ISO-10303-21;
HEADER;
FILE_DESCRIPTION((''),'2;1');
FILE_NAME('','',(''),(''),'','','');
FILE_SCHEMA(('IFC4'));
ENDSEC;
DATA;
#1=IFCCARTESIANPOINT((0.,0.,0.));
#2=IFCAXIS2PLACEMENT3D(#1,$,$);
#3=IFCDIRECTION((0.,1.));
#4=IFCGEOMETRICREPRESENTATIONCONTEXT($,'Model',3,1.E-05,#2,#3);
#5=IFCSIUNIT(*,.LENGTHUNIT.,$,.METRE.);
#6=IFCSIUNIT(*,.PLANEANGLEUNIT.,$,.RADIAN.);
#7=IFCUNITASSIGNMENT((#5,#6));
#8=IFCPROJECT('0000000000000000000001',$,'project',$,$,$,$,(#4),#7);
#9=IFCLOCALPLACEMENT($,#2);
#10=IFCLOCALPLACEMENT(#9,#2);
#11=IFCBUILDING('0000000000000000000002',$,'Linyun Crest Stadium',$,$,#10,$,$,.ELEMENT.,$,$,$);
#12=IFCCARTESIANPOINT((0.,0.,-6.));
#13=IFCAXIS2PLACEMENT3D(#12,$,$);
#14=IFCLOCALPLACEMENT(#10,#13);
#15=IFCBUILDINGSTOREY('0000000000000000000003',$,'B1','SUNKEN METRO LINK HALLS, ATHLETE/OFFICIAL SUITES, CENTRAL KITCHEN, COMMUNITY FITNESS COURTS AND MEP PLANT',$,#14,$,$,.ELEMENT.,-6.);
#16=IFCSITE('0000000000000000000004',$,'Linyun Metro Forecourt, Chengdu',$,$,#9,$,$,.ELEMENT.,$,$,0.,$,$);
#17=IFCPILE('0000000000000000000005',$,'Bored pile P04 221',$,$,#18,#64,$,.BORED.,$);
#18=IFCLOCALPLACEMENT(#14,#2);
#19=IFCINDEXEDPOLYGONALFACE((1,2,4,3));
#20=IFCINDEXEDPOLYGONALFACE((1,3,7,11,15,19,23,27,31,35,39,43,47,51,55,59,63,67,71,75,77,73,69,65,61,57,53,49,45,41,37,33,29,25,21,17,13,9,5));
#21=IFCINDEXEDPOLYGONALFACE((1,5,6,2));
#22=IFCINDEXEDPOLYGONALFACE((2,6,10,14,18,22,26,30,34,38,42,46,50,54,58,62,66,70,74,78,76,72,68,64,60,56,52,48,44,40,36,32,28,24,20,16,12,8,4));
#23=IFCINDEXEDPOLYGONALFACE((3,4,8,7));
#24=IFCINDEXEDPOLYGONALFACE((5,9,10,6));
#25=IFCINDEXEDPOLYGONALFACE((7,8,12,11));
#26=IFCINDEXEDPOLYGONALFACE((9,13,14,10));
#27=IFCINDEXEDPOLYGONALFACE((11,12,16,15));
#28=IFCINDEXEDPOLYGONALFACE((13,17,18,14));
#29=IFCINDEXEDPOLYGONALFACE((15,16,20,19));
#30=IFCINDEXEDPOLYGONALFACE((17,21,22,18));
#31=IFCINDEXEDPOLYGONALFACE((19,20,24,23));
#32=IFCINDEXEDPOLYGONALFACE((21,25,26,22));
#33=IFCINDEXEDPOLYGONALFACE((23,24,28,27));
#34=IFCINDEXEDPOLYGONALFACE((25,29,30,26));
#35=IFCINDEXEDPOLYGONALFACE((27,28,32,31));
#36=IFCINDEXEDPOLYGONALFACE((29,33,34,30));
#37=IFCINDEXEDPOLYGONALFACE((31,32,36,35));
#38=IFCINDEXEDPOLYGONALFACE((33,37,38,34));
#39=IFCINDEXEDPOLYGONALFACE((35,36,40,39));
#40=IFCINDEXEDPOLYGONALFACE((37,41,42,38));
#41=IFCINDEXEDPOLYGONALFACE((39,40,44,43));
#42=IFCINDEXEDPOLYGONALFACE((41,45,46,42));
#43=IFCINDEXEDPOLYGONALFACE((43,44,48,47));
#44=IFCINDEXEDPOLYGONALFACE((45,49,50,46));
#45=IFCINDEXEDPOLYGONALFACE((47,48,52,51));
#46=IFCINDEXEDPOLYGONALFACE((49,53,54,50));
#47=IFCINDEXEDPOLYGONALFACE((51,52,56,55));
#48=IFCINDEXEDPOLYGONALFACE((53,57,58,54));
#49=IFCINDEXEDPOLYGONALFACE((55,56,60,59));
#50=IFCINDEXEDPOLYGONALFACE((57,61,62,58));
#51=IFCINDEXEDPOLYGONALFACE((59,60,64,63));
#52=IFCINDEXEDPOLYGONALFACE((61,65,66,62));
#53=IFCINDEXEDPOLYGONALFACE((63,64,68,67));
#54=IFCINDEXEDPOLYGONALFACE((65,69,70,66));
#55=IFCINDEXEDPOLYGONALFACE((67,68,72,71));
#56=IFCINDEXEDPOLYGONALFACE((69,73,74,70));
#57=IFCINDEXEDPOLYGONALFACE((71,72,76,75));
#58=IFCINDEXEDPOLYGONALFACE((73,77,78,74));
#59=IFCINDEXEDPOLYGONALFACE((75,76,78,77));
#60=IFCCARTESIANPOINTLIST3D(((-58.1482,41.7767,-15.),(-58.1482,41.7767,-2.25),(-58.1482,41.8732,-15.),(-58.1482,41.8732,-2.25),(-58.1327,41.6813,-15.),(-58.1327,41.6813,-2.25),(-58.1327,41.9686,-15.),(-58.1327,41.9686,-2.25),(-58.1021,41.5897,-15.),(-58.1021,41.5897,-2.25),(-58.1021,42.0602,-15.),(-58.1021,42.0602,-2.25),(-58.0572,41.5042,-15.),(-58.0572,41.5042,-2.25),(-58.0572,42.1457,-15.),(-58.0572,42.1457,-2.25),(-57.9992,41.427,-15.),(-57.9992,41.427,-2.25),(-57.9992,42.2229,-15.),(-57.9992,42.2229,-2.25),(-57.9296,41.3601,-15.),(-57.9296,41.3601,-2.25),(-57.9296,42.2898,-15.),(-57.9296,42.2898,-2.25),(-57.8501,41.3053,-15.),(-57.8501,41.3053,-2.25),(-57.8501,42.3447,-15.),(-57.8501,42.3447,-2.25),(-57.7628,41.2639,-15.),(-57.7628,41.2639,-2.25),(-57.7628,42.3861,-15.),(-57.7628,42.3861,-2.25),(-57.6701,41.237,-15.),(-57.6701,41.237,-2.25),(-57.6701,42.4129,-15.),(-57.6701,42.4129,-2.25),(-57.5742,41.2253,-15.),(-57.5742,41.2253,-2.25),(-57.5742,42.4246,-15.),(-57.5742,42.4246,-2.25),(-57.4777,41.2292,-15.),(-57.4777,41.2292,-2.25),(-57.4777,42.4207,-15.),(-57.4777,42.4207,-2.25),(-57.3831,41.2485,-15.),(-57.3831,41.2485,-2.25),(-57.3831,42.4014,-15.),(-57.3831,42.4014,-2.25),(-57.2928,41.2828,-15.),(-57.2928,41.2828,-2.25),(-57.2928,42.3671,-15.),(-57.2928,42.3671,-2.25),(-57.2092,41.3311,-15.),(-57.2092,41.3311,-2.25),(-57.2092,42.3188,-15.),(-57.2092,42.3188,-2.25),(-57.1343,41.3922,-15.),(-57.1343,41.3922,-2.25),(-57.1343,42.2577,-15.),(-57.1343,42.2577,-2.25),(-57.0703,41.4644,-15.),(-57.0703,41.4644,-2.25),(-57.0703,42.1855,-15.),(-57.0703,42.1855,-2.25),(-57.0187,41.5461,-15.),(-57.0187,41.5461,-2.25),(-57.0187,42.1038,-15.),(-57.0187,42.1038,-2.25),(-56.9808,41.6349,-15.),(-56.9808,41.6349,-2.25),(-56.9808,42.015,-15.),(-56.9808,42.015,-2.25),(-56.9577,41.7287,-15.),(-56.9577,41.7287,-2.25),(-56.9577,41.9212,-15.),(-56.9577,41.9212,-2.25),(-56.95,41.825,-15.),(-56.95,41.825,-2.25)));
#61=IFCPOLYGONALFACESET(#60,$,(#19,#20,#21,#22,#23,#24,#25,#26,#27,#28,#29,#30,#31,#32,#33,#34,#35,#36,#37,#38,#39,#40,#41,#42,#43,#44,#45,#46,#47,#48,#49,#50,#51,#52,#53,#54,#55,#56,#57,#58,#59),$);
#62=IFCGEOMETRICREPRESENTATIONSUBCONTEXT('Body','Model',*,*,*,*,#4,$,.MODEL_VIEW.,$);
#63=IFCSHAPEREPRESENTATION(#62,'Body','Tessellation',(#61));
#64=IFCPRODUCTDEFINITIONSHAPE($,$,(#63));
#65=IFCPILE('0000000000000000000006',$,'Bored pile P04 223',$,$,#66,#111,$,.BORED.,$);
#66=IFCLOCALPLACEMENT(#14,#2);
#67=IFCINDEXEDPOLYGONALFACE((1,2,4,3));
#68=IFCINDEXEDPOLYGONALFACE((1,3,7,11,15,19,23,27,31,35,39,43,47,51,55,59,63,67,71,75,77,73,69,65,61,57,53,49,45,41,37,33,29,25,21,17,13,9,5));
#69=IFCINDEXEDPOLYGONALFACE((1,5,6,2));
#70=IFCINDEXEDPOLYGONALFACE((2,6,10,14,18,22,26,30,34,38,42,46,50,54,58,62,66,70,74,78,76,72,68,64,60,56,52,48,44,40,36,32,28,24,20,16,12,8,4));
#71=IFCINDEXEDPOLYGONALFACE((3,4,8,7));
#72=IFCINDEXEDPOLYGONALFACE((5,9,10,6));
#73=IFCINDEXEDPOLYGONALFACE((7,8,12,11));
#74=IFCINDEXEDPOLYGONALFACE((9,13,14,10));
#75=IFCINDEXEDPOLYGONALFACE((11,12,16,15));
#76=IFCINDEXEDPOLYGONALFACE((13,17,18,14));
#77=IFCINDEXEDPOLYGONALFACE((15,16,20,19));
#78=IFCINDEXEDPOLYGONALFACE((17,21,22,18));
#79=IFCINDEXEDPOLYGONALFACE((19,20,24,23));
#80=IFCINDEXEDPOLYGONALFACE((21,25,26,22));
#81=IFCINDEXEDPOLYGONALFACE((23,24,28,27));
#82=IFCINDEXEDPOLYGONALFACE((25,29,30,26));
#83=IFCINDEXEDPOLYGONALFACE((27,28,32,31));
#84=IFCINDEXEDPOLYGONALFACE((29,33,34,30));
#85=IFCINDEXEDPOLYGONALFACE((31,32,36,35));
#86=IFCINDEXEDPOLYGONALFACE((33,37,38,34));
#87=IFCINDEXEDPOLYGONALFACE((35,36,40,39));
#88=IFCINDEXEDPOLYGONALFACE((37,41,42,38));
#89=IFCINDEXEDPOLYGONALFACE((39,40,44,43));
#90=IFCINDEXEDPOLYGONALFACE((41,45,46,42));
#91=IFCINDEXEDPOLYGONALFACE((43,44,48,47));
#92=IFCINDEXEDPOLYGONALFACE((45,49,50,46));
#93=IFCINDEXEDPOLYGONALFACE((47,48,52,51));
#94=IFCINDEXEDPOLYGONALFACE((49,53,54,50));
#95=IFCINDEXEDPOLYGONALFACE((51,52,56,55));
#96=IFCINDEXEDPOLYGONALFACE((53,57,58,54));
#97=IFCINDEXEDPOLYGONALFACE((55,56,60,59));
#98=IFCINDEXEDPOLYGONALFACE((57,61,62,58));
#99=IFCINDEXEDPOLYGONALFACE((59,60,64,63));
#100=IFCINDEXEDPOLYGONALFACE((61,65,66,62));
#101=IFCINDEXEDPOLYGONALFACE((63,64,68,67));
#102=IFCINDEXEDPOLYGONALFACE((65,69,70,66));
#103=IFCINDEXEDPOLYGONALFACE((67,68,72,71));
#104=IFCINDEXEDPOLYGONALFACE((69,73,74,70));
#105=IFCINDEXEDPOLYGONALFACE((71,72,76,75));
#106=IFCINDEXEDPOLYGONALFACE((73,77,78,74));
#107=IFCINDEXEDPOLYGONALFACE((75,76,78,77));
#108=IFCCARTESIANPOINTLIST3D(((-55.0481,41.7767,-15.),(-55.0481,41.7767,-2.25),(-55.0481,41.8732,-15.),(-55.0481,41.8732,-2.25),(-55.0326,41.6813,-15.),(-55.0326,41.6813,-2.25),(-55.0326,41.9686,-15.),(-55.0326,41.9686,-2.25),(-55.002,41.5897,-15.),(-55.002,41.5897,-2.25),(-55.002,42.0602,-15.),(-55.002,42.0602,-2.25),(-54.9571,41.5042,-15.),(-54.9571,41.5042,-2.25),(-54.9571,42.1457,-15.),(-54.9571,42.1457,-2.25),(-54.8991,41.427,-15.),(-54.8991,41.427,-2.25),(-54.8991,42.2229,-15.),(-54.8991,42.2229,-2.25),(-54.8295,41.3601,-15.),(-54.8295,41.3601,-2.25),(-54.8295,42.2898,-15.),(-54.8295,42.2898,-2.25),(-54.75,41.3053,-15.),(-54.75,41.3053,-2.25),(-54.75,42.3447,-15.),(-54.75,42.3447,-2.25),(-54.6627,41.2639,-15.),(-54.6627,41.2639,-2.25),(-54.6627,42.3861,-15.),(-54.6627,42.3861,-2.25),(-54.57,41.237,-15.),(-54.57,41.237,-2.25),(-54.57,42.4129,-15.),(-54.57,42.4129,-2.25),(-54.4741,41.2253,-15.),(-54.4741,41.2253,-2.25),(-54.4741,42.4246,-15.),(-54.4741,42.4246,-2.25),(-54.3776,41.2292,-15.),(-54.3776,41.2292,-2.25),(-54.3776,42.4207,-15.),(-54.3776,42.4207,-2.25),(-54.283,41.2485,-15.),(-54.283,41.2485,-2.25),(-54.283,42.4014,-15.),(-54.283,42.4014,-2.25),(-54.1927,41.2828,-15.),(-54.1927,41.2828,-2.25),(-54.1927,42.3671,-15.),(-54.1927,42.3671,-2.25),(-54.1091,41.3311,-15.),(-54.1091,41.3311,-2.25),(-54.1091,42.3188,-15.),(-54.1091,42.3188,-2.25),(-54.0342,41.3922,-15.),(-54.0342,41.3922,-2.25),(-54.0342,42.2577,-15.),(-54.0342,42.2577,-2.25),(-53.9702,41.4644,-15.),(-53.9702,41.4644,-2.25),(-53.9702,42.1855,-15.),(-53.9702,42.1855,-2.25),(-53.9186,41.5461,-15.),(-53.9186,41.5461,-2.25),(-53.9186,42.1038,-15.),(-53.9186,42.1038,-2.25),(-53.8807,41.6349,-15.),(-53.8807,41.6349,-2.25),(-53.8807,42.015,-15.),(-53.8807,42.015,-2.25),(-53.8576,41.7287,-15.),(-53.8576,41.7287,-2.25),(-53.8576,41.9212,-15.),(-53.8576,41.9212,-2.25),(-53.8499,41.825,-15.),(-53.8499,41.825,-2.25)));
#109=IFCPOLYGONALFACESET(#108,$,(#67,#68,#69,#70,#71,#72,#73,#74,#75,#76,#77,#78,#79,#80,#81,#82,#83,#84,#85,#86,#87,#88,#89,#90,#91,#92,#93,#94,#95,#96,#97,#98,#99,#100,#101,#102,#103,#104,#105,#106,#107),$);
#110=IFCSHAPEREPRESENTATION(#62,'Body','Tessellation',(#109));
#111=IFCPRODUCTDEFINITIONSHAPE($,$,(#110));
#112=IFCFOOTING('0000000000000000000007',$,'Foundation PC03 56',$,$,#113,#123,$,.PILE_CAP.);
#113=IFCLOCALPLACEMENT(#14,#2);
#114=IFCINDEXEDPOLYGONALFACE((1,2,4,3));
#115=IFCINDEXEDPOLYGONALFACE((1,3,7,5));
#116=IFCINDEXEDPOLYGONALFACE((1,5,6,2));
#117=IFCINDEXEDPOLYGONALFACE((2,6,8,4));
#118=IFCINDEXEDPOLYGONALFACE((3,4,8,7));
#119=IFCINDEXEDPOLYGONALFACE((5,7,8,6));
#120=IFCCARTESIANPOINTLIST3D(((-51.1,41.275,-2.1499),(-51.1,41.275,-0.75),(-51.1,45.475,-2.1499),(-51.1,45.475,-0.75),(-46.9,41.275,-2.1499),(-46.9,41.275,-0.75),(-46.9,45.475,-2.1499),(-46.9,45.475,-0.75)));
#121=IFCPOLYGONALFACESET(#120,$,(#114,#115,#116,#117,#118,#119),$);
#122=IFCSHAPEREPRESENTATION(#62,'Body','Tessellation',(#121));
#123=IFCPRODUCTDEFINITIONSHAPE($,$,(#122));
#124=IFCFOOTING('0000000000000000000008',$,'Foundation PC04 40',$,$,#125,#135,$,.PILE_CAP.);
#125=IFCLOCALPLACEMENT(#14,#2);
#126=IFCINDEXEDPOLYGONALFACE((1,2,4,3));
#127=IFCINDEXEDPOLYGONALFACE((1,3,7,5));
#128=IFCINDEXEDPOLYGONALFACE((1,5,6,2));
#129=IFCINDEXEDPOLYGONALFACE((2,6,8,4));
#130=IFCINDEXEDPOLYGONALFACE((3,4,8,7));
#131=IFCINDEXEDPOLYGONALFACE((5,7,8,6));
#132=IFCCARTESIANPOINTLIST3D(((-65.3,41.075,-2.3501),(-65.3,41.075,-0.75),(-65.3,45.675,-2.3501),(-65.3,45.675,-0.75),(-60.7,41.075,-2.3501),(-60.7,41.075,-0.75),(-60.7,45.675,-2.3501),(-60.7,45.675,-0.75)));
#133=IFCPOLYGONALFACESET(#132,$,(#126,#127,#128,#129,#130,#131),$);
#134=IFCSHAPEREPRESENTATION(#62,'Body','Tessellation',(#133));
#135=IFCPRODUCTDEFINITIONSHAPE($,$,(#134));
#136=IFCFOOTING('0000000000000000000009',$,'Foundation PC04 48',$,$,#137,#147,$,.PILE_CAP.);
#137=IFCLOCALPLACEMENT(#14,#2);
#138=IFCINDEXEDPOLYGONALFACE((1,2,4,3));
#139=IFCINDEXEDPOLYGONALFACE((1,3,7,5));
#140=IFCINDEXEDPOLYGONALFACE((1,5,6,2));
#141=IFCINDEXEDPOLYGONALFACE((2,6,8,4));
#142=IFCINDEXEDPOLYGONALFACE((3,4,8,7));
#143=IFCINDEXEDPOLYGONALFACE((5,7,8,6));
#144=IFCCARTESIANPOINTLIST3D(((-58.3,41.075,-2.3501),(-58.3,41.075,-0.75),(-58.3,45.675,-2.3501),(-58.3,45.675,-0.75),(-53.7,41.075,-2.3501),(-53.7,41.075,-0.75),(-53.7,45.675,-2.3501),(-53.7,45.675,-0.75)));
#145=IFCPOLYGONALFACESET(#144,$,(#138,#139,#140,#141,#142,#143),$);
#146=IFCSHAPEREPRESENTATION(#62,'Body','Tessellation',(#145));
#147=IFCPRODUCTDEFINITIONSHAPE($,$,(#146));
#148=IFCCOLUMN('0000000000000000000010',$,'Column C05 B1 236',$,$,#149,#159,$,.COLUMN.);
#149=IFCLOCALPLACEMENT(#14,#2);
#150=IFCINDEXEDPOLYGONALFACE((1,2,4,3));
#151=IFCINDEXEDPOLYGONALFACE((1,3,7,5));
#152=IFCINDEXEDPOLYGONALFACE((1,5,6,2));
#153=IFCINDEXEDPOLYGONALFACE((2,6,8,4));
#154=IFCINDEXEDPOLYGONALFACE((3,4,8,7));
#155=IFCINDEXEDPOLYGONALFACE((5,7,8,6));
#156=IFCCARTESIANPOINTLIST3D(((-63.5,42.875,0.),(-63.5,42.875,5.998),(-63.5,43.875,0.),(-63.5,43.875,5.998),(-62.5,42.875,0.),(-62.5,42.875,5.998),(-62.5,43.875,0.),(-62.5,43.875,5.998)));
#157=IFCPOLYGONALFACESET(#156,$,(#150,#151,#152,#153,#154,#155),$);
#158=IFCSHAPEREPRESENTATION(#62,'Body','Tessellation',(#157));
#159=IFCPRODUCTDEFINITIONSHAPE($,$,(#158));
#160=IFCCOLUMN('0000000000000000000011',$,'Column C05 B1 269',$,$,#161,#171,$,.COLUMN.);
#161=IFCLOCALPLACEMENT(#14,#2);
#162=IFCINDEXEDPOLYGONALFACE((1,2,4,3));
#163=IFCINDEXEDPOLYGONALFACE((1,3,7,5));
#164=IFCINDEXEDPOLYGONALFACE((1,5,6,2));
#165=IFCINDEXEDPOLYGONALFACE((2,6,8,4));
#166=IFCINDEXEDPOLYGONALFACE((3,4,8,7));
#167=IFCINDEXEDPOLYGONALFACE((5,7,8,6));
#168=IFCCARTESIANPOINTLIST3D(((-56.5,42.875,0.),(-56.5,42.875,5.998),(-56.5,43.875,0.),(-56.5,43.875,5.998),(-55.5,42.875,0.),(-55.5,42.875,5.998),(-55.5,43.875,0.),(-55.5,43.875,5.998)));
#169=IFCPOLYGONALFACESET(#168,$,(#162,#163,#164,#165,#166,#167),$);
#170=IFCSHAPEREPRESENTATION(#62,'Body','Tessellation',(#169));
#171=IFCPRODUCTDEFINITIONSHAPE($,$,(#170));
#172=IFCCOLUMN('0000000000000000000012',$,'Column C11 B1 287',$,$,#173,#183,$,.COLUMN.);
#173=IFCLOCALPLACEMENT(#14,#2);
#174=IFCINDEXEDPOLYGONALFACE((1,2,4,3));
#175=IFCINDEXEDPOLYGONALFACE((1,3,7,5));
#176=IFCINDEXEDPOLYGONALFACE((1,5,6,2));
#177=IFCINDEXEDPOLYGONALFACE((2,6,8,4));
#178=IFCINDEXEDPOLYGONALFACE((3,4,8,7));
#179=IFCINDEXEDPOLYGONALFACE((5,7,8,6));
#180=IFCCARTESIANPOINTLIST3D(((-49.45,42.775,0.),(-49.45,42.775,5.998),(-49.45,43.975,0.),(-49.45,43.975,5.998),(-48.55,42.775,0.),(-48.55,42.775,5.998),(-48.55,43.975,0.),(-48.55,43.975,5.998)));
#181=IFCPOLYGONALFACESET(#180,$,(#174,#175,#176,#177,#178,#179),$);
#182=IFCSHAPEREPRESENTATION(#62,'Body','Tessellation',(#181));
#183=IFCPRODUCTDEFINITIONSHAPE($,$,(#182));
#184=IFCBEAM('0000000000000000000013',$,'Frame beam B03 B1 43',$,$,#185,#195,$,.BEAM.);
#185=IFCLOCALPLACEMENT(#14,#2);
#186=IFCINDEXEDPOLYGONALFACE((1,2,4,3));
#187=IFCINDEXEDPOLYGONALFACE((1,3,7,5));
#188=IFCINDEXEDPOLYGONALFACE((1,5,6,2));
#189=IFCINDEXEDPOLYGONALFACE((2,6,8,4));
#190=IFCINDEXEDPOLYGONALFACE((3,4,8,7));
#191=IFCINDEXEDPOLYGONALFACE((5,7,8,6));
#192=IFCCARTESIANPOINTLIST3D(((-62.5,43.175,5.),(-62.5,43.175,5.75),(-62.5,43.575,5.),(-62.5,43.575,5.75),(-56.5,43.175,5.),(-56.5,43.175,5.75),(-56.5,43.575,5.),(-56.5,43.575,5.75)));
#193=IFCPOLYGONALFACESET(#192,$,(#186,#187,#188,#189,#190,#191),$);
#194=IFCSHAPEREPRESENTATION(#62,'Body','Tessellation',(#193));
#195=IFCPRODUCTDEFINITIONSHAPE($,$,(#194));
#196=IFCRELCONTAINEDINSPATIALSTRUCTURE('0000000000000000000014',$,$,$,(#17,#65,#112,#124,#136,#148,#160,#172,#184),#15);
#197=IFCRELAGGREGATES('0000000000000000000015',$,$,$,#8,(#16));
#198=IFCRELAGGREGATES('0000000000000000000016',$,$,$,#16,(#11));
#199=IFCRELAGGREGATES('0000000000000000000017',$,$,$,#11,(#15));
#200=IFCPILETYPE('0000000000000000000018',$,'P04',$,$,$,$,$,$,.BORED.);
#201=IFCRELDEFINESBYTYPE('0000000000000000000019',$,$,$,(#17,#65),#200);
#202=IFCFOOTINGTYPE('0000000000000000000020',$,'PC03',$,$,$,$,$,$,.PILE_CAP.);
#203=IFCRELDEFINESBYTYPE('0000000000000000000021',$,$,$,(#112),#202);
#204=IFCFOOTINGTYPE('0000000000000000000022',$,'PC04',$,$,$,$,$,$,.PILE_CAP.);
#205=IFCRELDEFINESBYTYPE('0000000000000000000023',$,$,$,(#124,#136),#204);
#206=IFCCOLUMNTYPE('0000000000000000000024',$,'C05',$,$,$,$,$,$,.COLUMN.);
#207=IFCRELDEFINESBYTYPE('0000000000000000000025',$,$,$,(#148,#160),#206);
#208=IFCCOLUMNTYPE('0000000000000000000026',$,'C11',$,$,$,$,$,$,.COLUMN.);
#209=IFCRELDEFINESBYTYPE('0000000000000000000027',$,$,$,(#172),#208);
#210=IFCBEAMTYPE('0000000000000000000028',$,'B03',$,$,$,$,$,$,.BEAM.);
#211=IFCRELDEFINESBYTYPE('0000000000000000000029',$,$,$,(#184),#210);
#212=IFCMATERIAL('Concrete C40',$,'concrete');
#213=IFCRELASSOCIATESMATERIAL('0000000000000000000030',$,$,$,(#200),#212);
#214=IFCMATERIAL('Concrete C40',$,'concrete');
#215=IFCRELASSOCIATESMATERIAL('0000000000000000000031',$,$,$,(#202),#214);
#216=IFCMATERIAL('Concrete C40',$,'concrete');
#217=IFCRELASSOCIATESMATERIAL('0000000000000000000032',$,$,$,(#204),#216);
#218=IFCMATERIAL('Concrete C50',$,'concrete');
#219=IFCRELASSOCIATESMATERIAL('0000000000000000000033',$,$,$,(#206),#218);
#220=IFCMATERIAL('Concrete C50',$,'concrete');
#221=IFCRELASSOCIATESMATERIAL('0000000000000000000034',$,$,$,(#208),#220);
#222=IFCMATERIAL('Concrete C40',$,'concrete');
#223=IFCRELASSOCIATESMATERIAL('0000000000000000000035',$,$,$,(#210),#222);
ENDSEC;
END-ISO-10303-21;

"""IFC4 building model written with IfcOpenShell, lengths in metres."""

from ifc_helpers import new_model, si_unit, direction, frame, origin, origin_2d, place, context, subcontext, project, spatial, rectangle, circle, extrude, material, material_profile, profile_set, type_object, element, save


model = new_model("IFC4")

# Units and contexts
model_context = context("Model", 3, precision=1e-05, world=origin(), true_north=direction((0.0, 1.0)))
body_context = subcontext(model_context, "Body", "Model", "MODEL_VIEW")
ifc_project = project(units=[si_unit("LENGTHUNIT", "METRE"), si_unit("PLANEANGLEUNIT", "RADIAN")], contexts=[model_context])

# Site, building, storey
site_placement = place(None, origin())
site = spatial("IfcSite", under=ifc_project, at=site_placement, Name="Linyun Metro Forecourt, Chengdu", CompositionType="ELEMENT", RefElevation=0.0)
building_placement = place(site_placement, origin())
building = spatial("IfcBuilding", under=site, at=building_placement, Name="Linyun Crest Stadium", CompositionType="ELEMENT")
storey_placement = place(building_placement, frame((0.0, 0.0, -6.0)))
storey = spatial("IfcBuildingStorey", under=building, at=storey_placement, Name="B1", Description="SUNKEN METRO LINK HALLS, ATHLETE/OFFICIAL SUITES, CENTRAL KITCHEN, COMMUNITY FITNESS COURTS AND MEP PLANT", CompositionType="ELEMENT", Elevation=-6.0)

# Piles
ifc_material_1 = material(Name="Concrete C40", Category="concrete")
ifc_material_profile_1 = material_profile(ifc_material_1, circle(Radius=0.6001, at=origin_2d()), Name="BORED PILE 1200")
ifc_profile_set_1 = profile_set([ifc_material_profile_1], Name="Concrete C40")
pile_type_1 = type_object("IfcPileType", Name="P04", PredefinedType="BORED", material=ifc_profile_set_1)
for number, where, z_axis, x_axis, name in (
    (1, (-57.55, 41.825, -2.25), (0.0, 0.0, -1.0), (1.0, 0.0, 0.0), "Bored pile P04 221"),
    (2, (-54.45, 41.825, -2.25), (0.0, 0.0, -1.0), (1.0, 0.0, 0.0), "Bored pile P04 223"),
):
    element("IfcPile", number, at=place(storey_placement, frame(where, z_axis=z_axis, x_axis=x_axis)), inside=storey, type_object=pile_type_1, Name=name, PredefinedType="BORED", context=body_context, shape_type="SweptSolid", body=[
        extrude(circle(Radius=0.6001, at=origin_2d()), origin(), (0.0, 0.0, 1.0), 12.75),
    ])

# Footings
ifc_material_2 = material(Name="Concrete C40", Category="concrete")
footing_type_1 = type_object("IfcFootingType", Name="PC03", PredefinedType="PILE_CAP", material=ifc_material_2)
footing_placement = place(storey_placement, frame((-49.0, 43.375, -2.1499), z_axis=(0.0, 0.0, 1.0), x_axis=(1.0, 0.0, 0.0)))
element("IfcFooting", 3, at=footing_placement, inside=storey, type_object=footing_type_1, Name="Foundation PC03 56", PredefinedType="PILE_CAP", context=body_context, shape_type="SweptSolid", body=[
    extrude(rectangle(XDim=4.2, YDim=4.2, at=origin_2d()), origin(), (0.0, 0.0, 1.0), 1.3999),
])
ifc_material_3 = material(Name="Concrete C40", Category="concrete")
footing_type_2 = type_object("IfcFootingType", Name="PC04", PredefinedType="PILE_CAP", material=ifc_material_3)
for number, where, z_axis, x_axis, name in (
    (4, (-63.0, 43.375, -2.3501), (0.0, 0.0, 1.0), (1.0, 0.0, 0.0), "Foundation PC04 40"),
    (5, (-56.0, 43.375, -2.3501), (0.0, 0.0, 1.0), (1.0, 0.0, 0.0), "Foundation PC04 48"),
):
    element("IfcFooting", number, at=place(storey_placement, frame(where, z_axis=z_axis, x_axis=x_axis)), inside=storey, type_object=footing_type_2, Name=name, PredefinedType="PILE_CAP", context=body_context, shape_type="SweptSolid", body=[
        extrude(rectangle(XDim=4.6001, YDim=4.6001, at=origin_2d()), origin(), (0.0, 0.0, 1.0), 1.6001),
    ])

# Columns
ifc_material_4 = material(Name="Concrete C50", Category="concrete")
ifc_material_profile_2 = material_profile(ifc_material_4, rectangle(XDim=1.0, YDim=1.0, at=origin_2d()), Name="RC 1000x1000")
ifc_profile_set_2 = profile_set([ifc_material_profile_2], Name="Concrete C50")
column_type_1 = type_object("IfcColumnType", Name="C05", PredefinedType="COLUMN", material=ifc_profile_set_2)
for number, where, z_axis, x_axis, name in (
    (6, (-63.0, 43.375, 0.0), (0.0, 0.0, 1.0), (1.0, 0.0, 0.0), "Column C05 B1 236"),
    (7, (-56.0, 43.375, 0.0), (0.0, 0.0, 1.0), (1.0, 0.0, 0.0), "Column C05 B1 269"),
):
    element("IfcColumn", number, at=place(storey_placement, frame(where, z_axis=z_axis, x_axis=x_axis)), inside=storey, type_object=column_type_1, Name=name, PredefinedType="COLUMN", context=body_context, shape_type="SweptSolid", body=[
        extrude(rectangle(XDim=1.0, YDim=1.0, at=origin_2d()), origin(), (0.0, 0.0, 1.0), 5.998),
    ])
ifc_material_5 = material(Name="Concrete C50", Category="concrete")
ifc_material_profile_3 = material_profile(ifc_material_5, rectangle(XDim=0.8999, YDim=1.2, at=origin_2d()), Name="RC 1200x900")
ifc_profile_set_3 = profile_set([ifc_material_profile_3], Name="Concrete C50")
column_type_2 = type_object("IfcColumnType", Name="C11", PredefinedType="COLUMN", material=ifc_profile_set_3)
column_placement = place(storey_placement, frame((-49.0, 43.375, 0.0), z_axis=(0.0, 0.0, 1.0), x_axis=(1.0, 0.0, 0.0)))
element("IfcColumn", 8, at=column_placement, inside=storey, type_object=column_type_2, Name="Column C11 B1 287", PredefinedType="COLUMN", context=body_context, shape_type="SweptSolid", body=[
    extrude(rectangle(XDim=0.8999, YDim=1.2, at=origin_2d()), origin(), (0.0, 0.0, 1.0), 5.998),
])

# Beam
ifc_material_6 = material(Name="Concrete C40", Category="concrete")
ifc_material_profile_4 = material_profile(ifc_material_6, rectangle(XDim=0.3999, YDim=0.75, at=origin_2d()), Name="RCB 750x400")
ifc_profile_set_4 = profile_set([ifc_material_profile_4], Name="Concrete C40")
beam_type_1 = type_object("IfcBeamType", Name="B03", PredefinedType="BEAM", material=ifc_profile_set_4)
beam_1_placement = place(storey_placement, frame((-62.5, 43.375, 5.375), z_axis=(1.0, 0.0, 0.0), x_axis=(0.0, 1.0, 0.0)))
element("IfcBeam", 9, at=beam_1_placement, inside=storey, type_object=beam_type_1, Name="Frame beam B03 B1 43", PredefinedType="BEAM", context=body_context, shape_type="SweptSolid", body=[
    extrude(rectangle(XDim=0.3999, YDim=0.75, at=origin_2d()), origin(), (0.0, 0.0, 1.0), 6.0),
])

save(model, "model.ifc")
